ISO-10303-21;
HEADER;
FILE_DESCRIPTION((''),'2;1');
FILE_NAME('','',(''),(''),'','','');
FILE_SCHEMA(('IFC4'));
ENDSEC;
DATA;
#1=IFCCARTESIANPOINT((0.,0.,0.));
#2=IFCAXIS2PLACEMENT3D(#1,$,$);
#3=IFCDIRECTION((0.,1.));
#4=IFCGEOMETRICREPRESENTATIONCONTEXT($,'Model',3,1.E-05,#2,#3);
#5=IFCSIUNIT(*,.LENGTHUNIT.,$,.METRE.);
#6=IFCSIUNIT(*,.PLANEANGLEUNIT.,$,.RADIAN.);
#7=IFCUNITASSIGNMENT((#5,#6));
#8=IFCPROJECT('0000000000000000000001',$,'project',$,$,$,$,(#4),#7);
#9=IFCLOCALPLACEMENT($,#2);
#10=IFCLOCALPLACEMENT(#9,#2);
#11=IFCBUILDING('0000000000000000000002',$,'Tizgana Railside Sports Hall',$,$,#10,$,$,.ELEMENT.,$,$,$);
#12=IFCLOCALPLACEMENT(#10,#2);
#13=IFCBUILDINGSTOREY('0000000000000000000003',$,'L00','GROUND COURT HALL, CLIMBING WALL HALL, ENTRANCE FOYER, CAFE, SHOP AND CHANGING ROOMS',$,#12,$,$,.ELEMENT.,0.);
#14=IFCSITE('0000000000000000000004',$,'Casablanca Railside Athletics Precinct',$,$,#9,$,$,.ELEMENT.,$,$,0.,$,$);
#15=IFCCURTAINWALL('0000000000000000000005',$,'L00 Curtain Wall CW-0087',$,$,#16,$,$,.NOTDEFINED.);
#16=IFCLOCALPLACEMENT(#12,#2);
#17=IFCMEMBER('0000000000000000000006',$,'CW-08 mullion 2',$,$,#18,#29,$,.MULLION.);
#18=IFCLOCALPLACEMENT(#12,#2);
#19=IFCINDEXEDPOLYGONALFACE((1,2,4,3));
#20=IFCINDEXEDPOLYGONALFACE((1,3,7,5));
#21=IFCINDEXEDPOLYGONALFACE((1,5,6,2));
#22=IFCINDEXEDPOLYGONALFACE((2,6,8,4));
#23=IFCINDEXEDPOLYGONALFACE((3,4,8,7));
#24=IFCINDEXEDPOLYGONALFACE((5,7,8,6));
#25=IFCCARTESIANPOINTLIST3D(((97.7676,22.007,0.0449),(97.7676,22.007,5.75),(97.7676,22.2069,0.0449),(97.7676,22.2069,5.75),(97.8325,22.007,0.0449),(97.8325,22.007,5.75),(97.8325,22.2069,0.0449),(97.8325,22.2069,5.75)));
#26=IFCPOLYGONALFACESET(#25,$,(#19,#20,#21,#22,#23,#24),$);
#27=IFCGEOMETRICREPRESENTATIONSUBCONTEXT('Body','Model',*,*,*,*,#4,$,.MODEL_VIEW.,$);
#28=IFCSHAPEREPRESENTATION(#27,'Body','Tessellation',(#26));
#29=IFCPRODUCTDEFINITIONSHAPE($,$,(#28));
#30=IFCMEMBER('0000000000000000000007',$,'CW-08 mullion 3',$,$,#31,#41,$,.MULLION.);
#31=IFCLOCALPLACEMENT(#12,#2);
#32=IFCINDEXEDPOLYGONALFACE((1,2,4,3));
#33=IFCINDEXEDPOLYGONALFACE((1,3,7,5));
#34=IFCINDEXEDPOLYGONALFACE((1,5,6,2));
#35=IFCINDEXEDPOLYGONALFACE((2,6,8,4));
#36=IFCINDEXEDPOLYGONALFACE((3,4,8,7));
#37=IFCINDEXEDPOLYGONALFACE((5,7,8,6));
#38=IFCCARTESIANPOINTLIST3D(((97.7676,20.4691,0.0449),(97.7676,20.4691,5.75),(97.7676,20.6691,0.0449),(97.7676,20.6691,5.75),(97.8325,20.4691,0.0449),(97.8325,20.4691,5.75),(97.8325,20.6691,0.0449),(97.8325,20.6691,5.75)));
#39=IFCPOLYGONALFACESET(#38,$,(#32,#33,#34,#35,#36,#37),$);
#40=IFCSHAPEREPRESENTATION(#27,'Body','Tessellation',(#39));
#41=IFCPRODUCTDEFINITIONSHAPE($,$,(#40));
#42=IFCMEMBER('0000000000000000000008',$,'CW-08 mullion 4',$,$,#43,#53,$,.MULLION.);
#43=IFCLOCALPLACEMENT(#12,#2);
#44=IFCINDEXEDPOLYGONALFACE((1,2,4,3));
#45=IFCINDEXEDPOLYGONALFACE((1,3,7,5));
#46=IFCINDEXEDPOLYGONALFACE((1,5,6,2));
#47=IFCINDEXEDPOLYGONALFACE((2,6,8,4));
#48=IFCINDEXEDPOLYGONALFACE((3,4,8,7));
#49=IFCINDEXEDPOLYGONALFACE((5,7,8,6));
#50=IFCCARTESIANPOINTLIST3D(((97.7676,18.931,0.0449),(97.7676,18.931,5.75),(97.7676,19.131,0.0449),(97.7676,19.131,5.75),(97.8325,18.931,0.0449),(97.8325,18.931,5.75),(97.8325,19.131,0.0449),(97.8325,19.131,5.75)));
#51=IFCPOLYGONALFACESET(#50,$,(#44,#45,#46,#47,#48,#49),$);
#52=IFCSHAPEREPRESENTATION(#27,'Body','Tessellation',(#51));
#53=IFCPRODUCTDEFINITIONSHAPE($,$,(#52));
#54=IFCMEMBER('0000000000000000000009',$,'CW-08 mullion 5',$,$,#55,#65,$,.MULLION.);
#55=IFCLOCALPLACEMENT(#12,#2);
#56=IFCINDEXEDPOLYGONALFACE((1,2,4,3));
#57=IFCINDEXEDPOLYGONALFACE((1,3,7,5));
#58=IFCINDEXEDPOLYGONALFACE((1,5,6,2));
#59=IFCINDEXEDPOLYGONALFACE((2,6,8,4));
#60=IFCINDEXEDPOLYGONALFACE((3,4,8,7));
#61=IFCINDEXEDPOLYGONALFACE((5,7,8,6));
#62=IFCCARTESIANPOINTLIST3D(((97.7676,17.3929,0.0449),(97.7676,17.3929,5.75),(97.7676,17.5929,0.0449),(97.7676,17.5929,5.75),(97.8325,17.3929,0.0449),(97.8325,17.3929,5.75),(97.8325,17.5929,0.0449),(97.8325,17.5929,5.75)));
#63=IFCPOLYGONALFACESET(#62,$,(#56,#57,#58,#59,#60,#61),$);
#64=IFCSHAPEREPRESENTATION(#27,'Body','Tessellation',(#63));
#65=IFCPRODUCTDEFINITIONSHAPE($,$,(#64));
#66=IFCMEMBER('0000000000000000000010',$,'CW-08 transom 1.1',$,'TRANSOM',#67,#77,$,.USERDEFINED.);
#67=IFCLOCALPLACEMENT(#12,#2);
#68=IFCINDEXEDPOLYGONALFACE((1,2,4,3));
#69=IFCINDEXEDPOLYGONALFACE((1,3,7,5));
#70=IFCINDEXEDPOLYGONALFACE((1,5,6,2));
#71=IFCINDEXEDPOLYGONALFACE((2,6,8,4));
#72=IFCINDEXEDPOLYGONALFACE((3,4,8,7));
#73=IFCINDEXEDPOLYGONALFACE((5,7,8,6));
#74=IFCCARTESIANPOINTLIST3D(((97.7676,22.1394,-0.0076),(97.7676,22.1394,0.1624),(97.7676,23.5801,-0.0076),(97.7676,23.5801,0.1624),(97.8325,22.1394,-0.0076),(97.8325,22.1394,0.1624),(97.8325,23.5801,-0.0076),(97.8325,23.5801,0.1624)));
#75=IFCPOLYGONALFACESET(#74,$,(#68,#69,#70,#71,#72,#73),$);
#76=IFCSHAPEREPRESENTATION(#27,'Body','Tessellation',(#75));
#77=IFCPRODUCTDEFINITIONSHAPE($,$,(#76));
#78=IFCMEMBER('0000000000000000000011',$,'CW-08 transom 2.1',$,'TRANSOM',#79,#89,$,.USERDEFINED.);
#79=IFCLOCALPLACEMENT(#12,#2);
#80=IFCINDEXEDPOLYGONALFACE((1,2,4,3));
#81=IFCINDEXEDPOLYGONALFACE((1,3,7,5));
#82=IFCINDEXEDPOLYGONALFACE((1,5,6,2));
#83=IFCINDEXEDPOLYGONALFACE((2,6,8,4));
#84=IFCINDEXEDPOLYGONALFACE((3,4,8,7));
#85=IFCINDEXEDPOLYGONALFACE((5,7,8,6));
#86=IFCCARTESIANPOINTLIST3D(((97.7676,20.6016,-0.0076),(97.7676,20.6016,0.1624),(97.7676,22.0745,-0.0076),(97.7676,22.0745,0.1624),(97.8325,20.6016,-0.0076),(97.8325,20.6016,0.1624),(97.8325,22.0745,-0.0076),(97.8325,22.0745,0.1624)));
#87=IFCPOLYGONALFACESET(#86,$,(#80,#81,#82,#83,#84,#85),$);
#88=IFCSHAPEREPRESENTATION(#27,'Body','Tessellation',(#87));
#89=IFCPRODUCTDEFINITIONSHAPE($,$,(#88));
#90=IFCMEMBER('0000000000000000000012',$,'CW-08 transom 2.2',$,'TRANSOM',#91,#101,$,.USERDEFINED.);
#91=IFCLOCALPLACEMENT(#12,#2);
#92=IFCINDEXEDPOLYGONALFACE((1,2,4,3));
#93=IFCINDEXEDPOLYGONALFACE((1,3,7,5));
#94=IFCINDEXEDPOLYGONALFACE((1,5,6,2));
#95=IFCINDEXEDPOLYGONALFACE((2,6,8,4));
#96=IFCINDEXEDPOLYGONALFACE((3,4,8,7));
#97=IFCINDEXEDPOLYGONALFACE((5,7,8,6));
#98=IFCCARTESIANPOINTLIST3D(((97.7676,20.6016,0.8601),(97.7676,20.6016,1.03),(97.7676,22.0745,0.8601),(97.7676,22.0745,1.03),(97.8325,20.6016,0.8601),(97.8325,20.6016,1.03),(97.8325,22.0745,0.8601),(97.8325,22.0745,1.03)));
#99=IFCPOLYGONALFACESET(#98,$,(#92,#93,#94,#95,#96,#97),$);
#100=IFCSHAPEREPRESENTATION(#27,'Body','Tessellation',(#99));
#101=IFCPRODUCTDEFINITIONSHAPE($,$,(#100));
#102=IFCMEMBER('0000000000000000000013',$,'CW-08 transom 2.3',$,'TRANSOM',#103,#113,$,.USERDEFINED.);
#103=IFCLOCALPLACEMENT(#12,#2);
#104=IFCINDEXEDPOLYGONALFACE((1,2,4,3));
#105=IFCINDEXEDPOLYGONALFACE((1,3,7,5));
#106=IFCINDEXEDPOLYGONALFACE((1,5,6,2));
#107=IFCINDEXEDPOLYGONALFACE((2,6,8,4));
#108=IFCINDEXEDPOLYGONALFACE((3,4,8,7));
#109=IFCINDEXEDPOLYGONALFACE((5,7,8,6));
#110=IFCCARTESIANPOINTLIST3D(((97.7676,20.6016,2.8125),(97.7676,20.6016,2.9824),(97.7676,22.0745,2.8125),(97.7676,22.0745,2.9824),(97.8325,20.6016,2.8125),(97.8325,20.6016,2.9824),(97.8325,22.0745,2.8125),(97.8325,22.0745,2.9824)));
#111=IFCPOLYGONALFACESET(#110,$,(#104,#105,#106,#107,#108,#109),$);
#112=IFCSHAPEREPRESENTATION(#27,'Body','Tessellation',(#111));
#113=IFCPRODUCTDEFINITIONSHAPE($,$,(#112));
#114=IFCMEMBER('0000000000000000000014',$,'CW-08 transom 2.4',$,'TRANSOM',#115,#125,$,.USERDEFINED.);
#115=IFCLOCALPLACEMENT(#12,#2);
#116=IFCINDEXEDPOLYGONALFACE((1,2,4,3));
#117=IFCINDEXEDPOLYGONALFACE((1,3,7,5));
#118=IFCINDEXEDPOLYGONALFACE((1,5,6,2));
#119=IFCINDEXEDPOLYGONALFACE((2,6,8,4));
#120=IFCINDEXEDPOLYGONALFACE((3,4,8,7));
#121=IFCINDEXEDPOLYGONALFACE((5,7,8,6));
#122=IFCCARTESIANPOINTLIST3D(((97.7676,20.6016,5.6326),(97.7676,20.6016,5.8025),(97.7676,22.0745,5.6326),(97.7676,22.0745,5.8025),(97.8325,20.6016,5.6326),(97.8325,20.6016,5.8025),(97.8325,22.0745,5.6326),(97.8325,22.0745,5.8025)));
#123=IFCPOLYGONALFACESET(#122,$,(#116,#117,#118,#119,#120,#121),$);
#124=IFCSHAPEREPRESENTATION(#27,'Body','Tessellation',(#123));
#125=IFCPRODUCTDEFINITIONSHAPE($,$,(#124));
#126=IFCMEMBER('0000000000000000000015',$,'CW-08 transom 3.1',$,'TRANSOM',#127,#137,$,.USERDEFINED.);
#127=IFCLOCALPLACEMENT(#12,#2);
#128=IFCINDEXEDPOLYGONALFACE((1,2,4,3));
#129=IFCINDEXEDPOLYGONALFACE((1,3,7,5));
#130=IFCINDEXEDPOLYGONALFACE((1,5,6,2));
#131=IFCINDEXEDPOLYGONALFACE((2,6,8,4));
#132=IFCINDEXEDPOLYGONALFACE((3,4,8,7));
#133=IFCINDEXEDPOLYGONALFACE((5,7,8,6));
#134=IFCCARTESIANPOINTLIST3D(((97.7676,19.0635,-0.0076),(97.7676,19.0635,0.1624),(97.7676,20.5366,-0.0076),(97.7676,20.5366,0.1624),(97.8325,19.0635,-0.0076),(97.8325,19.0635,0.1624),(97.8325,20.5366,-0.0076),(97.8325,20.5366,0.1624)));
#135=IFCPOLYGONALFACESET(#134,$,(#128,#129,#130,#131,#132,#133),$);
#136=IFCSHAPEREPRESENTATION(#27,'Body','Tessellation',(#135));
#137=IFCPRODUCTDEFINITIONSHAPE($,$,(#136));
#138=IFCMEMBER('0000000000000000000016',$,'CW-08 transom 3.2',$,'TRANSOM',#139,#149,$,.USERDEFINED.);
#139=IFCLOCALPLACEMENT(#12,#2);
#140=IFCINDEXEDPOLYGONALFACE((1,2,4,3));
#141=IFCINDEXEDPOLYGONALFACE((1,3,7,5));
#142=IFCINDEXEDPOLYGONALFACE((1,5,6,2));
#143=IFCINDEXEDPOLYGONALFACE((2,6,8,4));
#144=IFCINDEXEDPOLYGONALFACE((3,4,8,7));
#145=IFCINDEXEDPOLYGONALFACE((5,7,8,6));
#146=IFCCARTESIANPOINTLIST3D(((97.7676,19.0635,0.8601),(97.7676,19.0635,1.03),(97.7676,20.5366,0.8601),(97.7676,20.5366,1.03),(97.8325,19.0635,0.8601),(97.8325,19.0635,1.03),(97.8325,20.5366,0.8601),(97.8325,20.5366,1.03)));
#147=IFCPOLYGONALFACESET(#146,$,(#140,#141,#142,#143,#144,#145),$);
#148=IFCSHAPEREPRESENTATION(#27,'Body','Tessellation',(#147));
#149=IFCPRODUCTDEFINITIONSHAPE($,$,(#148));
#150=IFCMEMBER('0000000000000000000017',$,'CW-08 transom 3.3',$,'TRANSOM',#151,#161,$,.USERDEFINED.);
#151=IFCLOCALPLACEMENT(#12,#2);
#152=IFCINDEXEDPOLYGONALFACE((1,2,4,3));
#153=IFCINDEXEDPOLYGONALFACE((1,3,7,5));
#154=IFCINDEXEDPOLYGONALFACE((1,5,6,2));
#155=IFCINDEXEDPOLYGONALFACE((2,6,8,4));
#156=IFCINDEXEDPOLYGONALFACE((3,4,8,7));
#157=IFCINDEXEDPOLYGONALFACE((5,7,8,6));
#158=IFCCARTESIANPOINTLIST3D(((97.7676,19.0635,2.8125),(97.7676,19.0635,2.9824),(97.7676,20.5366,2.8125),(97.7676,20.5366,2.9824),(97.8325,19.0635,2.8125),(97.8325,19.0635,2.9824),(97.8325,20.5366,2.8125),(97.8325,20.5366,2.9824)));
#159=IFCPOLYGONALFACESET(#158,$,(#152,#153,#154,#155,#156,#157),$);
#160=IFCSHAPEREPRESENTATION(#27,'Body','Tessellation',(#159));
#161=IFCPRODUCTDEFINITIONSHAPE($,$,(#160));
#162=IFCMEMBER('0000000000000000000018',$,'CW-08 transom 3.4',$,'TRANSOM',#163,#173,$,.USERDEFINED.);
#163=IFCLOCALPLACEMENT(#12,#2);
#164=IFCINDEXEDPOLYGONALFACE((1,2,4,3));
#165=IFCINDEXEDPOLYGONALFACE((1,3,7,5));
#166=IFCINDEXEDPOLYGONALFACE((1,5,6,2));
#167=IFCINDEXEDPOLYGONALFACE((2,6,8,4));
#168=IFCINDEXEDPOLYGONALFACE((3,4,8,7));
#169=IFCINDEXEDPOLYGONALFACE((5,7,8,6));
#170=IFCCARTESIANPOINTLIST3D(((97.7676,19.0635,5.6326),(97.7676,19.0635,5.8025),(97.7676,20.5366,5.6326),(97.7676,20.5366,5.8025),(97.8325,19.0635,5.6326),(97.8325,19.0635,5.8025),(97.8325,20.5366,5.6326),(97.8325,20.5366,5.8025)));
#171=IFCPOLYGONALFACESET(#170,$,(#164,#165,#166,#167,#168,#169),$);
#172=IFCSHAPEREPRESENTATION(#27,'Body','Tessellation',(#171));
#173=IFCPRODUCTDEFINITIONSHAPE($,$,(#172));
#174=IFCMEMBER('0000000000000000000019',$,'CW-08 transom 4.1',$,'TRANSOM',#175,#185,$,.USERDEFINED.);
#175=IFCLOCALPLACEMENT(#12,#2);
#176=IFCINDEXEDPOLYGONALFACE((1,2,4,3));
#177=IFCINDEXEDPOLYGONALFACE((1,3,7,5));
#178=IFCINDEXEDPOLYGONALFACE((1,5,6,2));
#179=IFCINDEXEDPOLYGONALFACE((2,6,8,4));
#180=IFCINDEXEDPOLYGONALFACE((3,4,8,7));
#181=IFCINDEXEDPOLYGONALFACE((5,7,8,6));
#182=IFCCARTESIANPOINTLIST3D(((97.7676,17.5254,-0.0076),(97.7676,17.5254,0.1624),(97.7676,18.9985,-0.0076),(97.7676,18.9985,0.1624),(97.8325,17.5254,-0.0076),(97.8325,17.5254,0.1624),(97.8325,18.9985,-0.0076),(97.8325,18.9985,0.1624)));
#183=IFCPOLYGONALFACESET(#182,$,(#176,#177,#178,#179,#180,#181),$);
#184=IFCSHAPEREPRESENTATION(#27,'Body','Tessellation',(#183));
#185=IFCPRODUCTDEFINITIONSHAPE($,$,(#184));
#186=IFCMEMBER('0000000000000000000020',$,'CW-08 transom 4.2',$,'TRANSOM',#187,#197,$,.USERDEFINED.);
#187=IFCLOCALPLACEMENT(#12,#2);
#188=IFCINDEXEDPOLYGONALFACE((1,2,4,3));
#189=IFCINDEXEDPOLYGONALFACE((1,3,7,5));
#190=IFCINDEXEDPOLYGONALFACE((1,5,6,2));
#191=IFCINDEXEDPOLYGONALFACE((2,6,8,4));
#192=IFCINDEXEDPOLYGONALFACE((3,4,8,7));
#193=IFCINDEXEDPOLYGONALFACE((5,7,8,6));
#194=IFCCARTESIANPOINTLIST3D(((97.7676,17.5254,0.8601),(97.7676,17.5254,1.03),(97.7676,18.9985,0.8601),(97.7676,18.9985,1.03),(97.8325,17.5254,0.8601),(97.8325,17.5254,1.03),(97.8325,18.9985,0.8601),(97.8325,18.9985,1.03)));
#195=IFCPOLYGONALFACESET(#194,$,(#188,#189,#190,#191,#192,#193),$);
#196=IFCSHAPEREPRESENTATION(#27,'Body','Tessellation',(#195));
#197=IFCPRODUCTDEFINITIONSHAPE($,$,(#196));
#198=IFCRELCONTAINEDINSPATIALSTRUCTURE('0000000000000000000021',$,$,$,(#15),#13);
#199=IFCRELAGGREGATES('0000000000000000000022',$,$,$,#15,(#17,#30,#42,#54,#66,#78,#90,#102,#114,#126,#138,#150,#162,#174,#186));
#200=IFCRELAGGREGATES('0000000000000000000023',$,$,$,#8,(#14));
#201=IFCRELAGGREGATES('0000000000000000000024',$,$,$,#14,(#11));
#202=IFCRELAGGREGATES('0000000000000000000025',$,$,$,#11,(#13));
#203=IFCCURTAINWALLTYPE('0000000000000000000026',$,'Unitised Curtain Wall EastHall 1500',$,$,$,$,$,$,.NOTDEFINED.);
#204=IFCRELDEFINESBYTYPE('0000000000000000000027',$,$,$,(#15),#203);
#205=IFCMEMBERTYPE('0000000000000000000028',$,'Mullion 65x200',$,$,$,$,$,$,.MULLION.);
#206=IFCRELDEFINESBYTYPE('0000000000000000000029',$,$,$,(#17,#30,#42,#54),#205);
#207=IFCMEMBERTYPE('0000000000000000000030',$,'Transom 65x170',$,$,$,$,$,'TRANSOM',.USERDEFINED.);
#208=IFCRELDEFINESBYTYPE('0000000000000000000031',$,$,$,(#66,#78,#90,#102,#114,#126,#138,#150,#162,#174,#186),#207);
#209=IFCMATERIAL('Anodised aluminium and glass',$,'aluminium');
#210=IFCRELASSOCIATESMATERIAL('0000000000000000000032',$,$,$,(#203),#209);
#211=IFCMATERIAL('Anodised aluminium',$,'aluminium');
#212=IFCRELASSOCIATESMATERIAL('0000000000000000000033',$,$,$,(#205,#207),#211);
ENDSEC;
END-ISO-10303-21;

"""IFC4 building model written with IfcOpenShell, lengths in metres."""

from ifc_helpers import new_model, si_unit, direction, frame, origin, origin_2d, place, context, subcontext, project, spatial, rectangle, extrude, material, material_profile, profile_set, type_object, element, aggregate, save


model = new_model("IFC4")

# Units and contexts
model_context = context("Model", 3, precision=1e-05, world=origin(), true_north=direction((0.0, 1.0)))
body_context = subcontext(model_context, "Body", "Model", "MODEL_VIEW")
ifc_project = project(units=[si_unit("LENGTHUNIT", "METRE"), si_unit("PLANEANGLEUNIT", "RADIAN")], contexts=[model_context])

# Site, building, storey
site_placement = place(None, origin())
site = spatial("IfcSite", under=ifc_project, at=site_placement, Name="Casablanca Railside Athletics Precinct", CompositionType="ELEMENT", RefElevation=0.0)
building_placement = place(site_placement, origin())
building = spatial("IfcBuilding", under=site, at=building_placement, Name="Tizgana Railside Sports Hall", CompositionType="ELEMENT")
storey_placement = place(building_placement, origin())
storey = spatial("IfcBuildingStorey", under=building, at=storey_placement, Name="L00", Description="GROUND COURT HALL, CLIMBING WALL HALL, ENTRANCE FOYER, CAFE, SHOP AND CHANGING ROOMS", CompositionType="ELEMENT", Elevation=0.0)

# Curtain wall, members
ifc_material_1 = material(Name="Anodised aluminium and glass", Category="aluminium")
curtain_wall_type = type_object("IfcCurtainWallType", Name="Unitised Curtain Wall EastHall 1500", PredefinedType="NOTDEFINED", material=ifc_material_1)
curtain_wall_placement = place(storey_placement, origin())
curtain_wall = element("IfcCurtainWall", 1, at=curtain_wall_placement, inside=storey, type_object=curtain_wall_type, Name="L00 Curtain Wall CW-0087", PredefinedType="NOTDEFINED")
ifc_material_2 = material(Name="Anodised aluminium", Category="aluminium")
ifc_material_profile_1 = material_profile(ifc_material_2, rectangle(XDim=0.0649, YDim=0.2, at=origin_2d()), Name="Mullion 65x200")
ifc_profile_set_1 = profile_set([ifc_material_profile_1], Name="Anodised aluminium")
member_type_1 = type_object("IfcMemberType", Name="Mullion 65x200", PredefinedType="MULLION", material=ifc_profile_set_1)
member_1_placement = place(storey_placement, frame((97.8, 22.1069, 0.0449), z_axis=(0.0, 0.0, 1.0), x_axis=(1.0, 0.0, 0.0)))
member_1 = element("IfcMember", 2, at=member_1_placement, type_object=member_type_1, Name="CW-08 mullion 2", PredefinedType="MULLION", context=body_context, shape_type="SweptSolid", body=[
    extrude(rectangle(XDim=0.0649, YDim=0.2, at=origin_2d()), origin(), (0.0, 0.0, 1.0), 5.7051),
])
member_2_placement = place(storey_placement, frame((97.8, 20.5691, 0.0449), z_axis=(0.0, 0.0, 1.0), x_axis=(1.0, 0.0, 0.0)))
member_2 = element("IfcMember", 3, at=member_2_placement, type_object=member_type_1, Name="CW-08 mullion 3", PredefinedType="MULLION", context=body_context, shape_type="SweptSolid", body=[
    extrude(rectangle(XDim=0.0649, YDim=0.2, at=origin_2d()), origin(), (0.0, 0.0, 1.0), 5.7051),
])
member_3_placement = place(storey_placement, frame((97.8, 19.031, 0.0449), z_axis=(0.0, 0.0, 1.0), x_axis=(1.0, 0.0, 0.0)))
member_3 = element("IfcMember", 4, at=member_3_placement, type_object=member_type_1, Name="CW-08 mullion 4", PredefinedType="MULLION", context=body_context, shape_type="SweptSolid", body=[
    extrude(rectangle(XDim=0.0649, YDim=0.2, at=origin_2d()), origin(), (0.0, 0.0, 1.0), 5.7051),
])
member_4_placement = place(storey_placement, frame((97.8, 17.4929, 0.0449), z_axis=(0.0, 0.0, 1.0), x_axis=(1.0, 0.0, 0.0)))
member_4 = element("IfcMember", 5, at=member_4_placement, type_object=member_type_1, Name="CW-08 mullion 5", PredefinedType="MULLION", context=body_context, shape_type="SweptSolid", body=[
    extrude(rectangle(XDim=0.0649, YDim=0.2, at=origin_2d()), origin(), (0.0, 0.0, 1.0), 5.7051),
])
ifc_material_profile_2 = material_profile(ifc_material_2, rectangle(XDim=0.0649, YDim=0.1699, at=origin_2d()), Name="Transom 65x170")
ifc_profile_set_2 = profile_set([ifc_material_profile_2], Name="Anodised aluminium")
member_type_2 = type_object("IfcMemberType", Name="Transom 65x170", ElementType="TRANSOM", PredefinedType="USERDEFINED", material=ifc_profile_set_2)
member_5_placement = place(storey_placement, frame((97.8, 23.5801, 0.0774), z_axis=(0.0, -1.0, 0.0), x_axis=(1.0, 0.0, 0.0)))
member_5 = element("IfcMember", 6, at=member_5_placement, type_object=member_type_2, Name="CW-08 transom 1.1", ObjectType="TRANSOM", PredefinedType="USERDEFINED", context=body_context, shape_type="SweptSolid", body=[
    extrude(rectangle(XDim=0.0649, YDim=0.1699, at=origin_2d()), origin(), (0.0, 0.0, 1.0), 1.4407),
])
member_6_placement = place(storey_placement, frame((97.8, 22.0745, 0.0774), z_axis=(0.0, -1.0, 0.0), x_axis=(1.0, 0.0, 0.0)))
member_6 = element("IfcMember", 7, at=member_6_placement, type_object=member_type_2, Name="CW-08 transom 2.1", ObjectType="TRANSOM", PredefinedType="USERDEFINED", context=body_context, shape_type="SweptSolid", body=[
    extrude(rectangle(XDim=0.0649, YDim=0.1699, at=origin_2d()), origin(), (0.0, 0.0, 1.0), 1.4729),
])
member_7_placement = place(storey_placement, frame((97.8, 22.0745, 0.9451), z_axis=(0.0, -1.0, 0.0), x_axis=(1.0, 0.0, 0.0)))
member_7 = element("IfcMember", 8, at=member_7_placement, type_object=member_type_2, Name="CW-08 transom 2.2", ObjectType="TRANSOM", PredefinedType="USERDEFINED", context=body_context, shape_type="SweptSolid", body=[
    extrude(rectangle(XDim=0.0649, YDim=0.1699, at=origin_2d()), origin(), (0.0, 0.0, 1.0), 1.4729),
])
member_8_placement = place(storey_placement, frame((97.8, 22.0745, 2.8975), z_axis=(0.0, -1.0, 0.0), x_axis=(1.0, 0.0, 0.0)))
member_8 = element("IfcMember", 9, at=member_8_placement, type_object=member_type_2, Name="CW-08 transom 2.3", ObjectType="TRANSOM", PredefinedType="USERDEFINED", context=body_context, shape_type="SweptSolid", body=[
    extrude(rectangle(XDim=0.0649, YDim=0.1699, at=origin_2d()), origin(), (0.0, 0.0, 1.0), 1.4729),
])
member_9_placement = place(storey_placement, frame((97.8, 22.0745, 5.7175), z_axis=(0.0, -1.0, 0.0), x_axis=(1.0, 0.0, 0.0)))
member_9 = element("IfcMember", 10, at=member_9_placement, type_object=member_type_2, Name="CW-08 transom 2.4", ObjectType="TRANSOM", PredefinedType="USERDEFINED", context=body_context, shape_type="SweptSolid", body=[
    extrude(rectangle(XDim=0.0649, YDim=0.1699, at=origin_2d()), origin(), (0.0, 0.0, 1.0), 1.4729),
])
member_10_placement = place(storey_placement, frame((97.8, 20.5366, 0.0774), z_axis=(0.0, -1.0, 0.0), x_axis=(1.0, 0.0, 0.0)))
member_10 = element("IfcMember", 11, at=member_10_placement, type_object=member_type_2, Name="CW-08 transom 3.1", ObjectType="TRANSOM", PredefinedType="USERDEFINED", context=body_context, shape_type="SweptSolid", body=[
    extrude(rectangle(XDim=0.0649, YDim=0.1699, at=origin_2d()), origin(), (0.0, 0.0, 1.0), 1.4731),
])
member_11_placement = place(storey_placement, frame((97.8, 20.5366, 0.9451), z_axis=(0.0, -1.0, 0.0), x_axis=(1.0, 0.0, 0.0)))
member_11 = element("IfcMember", 12, at=member_11_placement, type_object=member_type_2, Name="CW-08 transom 3.2", ObjectType="TRANSOM", PredefinedType="USERDEFINED", context=body_context, shape_type="SweptSolid", body=[
    extrude(rectangle(XDim=0.0649, YDim=0.1699, at=origin_2d()), origin(), (0.0, 0.0, 1.0), 1.4731),
])
member_12_placement = place(storey_placement, frame((97.8, 20.5366, 2.8975), z_axis=(0.0, -1.0, 0.0), x_axis=(1.0, 0.0, 0.0)))
member_12 = element("IfcMember", 13, at=member_12_placement, type_object=member_type_2, Name="CW-08 transom 3.3", ObjectType="TRANSOM", PredefinedType="USERDEFINED", context=body_context, shape_type="SweptSolid", body=[
    extrude(rectangle(XDim=0.0649, YDim=0.1699, at=origin_2d()), origin(), (0.0, 0.0, 1.0), 1.4731),
])
member_13_placement = place(storey_placement, frame((97.8, 20.5366, 5.7175), z_axis=(0.0, -1.0, 0.0), x_axis=(1.0, 0.0, 0.0)))
member_13 = element("IfcMember", 14, at=member_13_placement, type_object=member_type_2, Name="CW-08 transom 3.4", ObjectType="TRANSOM", PredefinedType="USERDEFINED", context=body_context, shape_type="SweptSolid", body=[
    extrude(rectangle(XDim=0.0649, YDim=0.1699, at=origin_2d()), origin(), (0.0, 0.0, 1.0), 1.4731),
])
member_14_placement = place(storey_placement, frame((97.8, 18.9985, 0.0774), z_axis=(0.0, -1.0, 0.0), x_axis=(1.0, 0.0, 0.0)))
member_14 = element("IfcMember", 15, at=member_14_placement, type_object=member_type_2, Name="CW-08 transom 4.1", ObjectType="TRANSOM", PredefinedType="USERDEFINED", context=body_context, shape_type="SweptSolid", body=[
    extrude(rectangle(XDim=0.0649, YDim=0.1699, at=origin_2d()), origin(), (0.0, 0.0, 1.0), 1.4731),
])
member_15_placement = place(storey_placement, frame((97.8, 18.9985, 0.9451), z_axis=(0.0, -1.0, 0.0), x_axis=(1.0, 0.0, 0.0)))
member_15 = element("IfcMember", 16, at=member_15_placement, type_object=member_type_2, Name="CW-08 transom 4.2", ObjectType="TRANSOM", PredefinedType="USERDEFINED", context=body_context, shape_type="SweptSolid", body=[
    extrude(rectangle(XDim=0.0649, YDim=0.1699, at=origin_2d()), origin(), (0.0, 0.0, 1.0), 1.4731),
])
aggregate(curtain_wall, [member_1, member_2, member_3, member_4, member_5, member_6, member_7, member_8, member_9, member_10, member_11, member_12, member_13, member_14, member_15])

save(model, "model.ifc")
